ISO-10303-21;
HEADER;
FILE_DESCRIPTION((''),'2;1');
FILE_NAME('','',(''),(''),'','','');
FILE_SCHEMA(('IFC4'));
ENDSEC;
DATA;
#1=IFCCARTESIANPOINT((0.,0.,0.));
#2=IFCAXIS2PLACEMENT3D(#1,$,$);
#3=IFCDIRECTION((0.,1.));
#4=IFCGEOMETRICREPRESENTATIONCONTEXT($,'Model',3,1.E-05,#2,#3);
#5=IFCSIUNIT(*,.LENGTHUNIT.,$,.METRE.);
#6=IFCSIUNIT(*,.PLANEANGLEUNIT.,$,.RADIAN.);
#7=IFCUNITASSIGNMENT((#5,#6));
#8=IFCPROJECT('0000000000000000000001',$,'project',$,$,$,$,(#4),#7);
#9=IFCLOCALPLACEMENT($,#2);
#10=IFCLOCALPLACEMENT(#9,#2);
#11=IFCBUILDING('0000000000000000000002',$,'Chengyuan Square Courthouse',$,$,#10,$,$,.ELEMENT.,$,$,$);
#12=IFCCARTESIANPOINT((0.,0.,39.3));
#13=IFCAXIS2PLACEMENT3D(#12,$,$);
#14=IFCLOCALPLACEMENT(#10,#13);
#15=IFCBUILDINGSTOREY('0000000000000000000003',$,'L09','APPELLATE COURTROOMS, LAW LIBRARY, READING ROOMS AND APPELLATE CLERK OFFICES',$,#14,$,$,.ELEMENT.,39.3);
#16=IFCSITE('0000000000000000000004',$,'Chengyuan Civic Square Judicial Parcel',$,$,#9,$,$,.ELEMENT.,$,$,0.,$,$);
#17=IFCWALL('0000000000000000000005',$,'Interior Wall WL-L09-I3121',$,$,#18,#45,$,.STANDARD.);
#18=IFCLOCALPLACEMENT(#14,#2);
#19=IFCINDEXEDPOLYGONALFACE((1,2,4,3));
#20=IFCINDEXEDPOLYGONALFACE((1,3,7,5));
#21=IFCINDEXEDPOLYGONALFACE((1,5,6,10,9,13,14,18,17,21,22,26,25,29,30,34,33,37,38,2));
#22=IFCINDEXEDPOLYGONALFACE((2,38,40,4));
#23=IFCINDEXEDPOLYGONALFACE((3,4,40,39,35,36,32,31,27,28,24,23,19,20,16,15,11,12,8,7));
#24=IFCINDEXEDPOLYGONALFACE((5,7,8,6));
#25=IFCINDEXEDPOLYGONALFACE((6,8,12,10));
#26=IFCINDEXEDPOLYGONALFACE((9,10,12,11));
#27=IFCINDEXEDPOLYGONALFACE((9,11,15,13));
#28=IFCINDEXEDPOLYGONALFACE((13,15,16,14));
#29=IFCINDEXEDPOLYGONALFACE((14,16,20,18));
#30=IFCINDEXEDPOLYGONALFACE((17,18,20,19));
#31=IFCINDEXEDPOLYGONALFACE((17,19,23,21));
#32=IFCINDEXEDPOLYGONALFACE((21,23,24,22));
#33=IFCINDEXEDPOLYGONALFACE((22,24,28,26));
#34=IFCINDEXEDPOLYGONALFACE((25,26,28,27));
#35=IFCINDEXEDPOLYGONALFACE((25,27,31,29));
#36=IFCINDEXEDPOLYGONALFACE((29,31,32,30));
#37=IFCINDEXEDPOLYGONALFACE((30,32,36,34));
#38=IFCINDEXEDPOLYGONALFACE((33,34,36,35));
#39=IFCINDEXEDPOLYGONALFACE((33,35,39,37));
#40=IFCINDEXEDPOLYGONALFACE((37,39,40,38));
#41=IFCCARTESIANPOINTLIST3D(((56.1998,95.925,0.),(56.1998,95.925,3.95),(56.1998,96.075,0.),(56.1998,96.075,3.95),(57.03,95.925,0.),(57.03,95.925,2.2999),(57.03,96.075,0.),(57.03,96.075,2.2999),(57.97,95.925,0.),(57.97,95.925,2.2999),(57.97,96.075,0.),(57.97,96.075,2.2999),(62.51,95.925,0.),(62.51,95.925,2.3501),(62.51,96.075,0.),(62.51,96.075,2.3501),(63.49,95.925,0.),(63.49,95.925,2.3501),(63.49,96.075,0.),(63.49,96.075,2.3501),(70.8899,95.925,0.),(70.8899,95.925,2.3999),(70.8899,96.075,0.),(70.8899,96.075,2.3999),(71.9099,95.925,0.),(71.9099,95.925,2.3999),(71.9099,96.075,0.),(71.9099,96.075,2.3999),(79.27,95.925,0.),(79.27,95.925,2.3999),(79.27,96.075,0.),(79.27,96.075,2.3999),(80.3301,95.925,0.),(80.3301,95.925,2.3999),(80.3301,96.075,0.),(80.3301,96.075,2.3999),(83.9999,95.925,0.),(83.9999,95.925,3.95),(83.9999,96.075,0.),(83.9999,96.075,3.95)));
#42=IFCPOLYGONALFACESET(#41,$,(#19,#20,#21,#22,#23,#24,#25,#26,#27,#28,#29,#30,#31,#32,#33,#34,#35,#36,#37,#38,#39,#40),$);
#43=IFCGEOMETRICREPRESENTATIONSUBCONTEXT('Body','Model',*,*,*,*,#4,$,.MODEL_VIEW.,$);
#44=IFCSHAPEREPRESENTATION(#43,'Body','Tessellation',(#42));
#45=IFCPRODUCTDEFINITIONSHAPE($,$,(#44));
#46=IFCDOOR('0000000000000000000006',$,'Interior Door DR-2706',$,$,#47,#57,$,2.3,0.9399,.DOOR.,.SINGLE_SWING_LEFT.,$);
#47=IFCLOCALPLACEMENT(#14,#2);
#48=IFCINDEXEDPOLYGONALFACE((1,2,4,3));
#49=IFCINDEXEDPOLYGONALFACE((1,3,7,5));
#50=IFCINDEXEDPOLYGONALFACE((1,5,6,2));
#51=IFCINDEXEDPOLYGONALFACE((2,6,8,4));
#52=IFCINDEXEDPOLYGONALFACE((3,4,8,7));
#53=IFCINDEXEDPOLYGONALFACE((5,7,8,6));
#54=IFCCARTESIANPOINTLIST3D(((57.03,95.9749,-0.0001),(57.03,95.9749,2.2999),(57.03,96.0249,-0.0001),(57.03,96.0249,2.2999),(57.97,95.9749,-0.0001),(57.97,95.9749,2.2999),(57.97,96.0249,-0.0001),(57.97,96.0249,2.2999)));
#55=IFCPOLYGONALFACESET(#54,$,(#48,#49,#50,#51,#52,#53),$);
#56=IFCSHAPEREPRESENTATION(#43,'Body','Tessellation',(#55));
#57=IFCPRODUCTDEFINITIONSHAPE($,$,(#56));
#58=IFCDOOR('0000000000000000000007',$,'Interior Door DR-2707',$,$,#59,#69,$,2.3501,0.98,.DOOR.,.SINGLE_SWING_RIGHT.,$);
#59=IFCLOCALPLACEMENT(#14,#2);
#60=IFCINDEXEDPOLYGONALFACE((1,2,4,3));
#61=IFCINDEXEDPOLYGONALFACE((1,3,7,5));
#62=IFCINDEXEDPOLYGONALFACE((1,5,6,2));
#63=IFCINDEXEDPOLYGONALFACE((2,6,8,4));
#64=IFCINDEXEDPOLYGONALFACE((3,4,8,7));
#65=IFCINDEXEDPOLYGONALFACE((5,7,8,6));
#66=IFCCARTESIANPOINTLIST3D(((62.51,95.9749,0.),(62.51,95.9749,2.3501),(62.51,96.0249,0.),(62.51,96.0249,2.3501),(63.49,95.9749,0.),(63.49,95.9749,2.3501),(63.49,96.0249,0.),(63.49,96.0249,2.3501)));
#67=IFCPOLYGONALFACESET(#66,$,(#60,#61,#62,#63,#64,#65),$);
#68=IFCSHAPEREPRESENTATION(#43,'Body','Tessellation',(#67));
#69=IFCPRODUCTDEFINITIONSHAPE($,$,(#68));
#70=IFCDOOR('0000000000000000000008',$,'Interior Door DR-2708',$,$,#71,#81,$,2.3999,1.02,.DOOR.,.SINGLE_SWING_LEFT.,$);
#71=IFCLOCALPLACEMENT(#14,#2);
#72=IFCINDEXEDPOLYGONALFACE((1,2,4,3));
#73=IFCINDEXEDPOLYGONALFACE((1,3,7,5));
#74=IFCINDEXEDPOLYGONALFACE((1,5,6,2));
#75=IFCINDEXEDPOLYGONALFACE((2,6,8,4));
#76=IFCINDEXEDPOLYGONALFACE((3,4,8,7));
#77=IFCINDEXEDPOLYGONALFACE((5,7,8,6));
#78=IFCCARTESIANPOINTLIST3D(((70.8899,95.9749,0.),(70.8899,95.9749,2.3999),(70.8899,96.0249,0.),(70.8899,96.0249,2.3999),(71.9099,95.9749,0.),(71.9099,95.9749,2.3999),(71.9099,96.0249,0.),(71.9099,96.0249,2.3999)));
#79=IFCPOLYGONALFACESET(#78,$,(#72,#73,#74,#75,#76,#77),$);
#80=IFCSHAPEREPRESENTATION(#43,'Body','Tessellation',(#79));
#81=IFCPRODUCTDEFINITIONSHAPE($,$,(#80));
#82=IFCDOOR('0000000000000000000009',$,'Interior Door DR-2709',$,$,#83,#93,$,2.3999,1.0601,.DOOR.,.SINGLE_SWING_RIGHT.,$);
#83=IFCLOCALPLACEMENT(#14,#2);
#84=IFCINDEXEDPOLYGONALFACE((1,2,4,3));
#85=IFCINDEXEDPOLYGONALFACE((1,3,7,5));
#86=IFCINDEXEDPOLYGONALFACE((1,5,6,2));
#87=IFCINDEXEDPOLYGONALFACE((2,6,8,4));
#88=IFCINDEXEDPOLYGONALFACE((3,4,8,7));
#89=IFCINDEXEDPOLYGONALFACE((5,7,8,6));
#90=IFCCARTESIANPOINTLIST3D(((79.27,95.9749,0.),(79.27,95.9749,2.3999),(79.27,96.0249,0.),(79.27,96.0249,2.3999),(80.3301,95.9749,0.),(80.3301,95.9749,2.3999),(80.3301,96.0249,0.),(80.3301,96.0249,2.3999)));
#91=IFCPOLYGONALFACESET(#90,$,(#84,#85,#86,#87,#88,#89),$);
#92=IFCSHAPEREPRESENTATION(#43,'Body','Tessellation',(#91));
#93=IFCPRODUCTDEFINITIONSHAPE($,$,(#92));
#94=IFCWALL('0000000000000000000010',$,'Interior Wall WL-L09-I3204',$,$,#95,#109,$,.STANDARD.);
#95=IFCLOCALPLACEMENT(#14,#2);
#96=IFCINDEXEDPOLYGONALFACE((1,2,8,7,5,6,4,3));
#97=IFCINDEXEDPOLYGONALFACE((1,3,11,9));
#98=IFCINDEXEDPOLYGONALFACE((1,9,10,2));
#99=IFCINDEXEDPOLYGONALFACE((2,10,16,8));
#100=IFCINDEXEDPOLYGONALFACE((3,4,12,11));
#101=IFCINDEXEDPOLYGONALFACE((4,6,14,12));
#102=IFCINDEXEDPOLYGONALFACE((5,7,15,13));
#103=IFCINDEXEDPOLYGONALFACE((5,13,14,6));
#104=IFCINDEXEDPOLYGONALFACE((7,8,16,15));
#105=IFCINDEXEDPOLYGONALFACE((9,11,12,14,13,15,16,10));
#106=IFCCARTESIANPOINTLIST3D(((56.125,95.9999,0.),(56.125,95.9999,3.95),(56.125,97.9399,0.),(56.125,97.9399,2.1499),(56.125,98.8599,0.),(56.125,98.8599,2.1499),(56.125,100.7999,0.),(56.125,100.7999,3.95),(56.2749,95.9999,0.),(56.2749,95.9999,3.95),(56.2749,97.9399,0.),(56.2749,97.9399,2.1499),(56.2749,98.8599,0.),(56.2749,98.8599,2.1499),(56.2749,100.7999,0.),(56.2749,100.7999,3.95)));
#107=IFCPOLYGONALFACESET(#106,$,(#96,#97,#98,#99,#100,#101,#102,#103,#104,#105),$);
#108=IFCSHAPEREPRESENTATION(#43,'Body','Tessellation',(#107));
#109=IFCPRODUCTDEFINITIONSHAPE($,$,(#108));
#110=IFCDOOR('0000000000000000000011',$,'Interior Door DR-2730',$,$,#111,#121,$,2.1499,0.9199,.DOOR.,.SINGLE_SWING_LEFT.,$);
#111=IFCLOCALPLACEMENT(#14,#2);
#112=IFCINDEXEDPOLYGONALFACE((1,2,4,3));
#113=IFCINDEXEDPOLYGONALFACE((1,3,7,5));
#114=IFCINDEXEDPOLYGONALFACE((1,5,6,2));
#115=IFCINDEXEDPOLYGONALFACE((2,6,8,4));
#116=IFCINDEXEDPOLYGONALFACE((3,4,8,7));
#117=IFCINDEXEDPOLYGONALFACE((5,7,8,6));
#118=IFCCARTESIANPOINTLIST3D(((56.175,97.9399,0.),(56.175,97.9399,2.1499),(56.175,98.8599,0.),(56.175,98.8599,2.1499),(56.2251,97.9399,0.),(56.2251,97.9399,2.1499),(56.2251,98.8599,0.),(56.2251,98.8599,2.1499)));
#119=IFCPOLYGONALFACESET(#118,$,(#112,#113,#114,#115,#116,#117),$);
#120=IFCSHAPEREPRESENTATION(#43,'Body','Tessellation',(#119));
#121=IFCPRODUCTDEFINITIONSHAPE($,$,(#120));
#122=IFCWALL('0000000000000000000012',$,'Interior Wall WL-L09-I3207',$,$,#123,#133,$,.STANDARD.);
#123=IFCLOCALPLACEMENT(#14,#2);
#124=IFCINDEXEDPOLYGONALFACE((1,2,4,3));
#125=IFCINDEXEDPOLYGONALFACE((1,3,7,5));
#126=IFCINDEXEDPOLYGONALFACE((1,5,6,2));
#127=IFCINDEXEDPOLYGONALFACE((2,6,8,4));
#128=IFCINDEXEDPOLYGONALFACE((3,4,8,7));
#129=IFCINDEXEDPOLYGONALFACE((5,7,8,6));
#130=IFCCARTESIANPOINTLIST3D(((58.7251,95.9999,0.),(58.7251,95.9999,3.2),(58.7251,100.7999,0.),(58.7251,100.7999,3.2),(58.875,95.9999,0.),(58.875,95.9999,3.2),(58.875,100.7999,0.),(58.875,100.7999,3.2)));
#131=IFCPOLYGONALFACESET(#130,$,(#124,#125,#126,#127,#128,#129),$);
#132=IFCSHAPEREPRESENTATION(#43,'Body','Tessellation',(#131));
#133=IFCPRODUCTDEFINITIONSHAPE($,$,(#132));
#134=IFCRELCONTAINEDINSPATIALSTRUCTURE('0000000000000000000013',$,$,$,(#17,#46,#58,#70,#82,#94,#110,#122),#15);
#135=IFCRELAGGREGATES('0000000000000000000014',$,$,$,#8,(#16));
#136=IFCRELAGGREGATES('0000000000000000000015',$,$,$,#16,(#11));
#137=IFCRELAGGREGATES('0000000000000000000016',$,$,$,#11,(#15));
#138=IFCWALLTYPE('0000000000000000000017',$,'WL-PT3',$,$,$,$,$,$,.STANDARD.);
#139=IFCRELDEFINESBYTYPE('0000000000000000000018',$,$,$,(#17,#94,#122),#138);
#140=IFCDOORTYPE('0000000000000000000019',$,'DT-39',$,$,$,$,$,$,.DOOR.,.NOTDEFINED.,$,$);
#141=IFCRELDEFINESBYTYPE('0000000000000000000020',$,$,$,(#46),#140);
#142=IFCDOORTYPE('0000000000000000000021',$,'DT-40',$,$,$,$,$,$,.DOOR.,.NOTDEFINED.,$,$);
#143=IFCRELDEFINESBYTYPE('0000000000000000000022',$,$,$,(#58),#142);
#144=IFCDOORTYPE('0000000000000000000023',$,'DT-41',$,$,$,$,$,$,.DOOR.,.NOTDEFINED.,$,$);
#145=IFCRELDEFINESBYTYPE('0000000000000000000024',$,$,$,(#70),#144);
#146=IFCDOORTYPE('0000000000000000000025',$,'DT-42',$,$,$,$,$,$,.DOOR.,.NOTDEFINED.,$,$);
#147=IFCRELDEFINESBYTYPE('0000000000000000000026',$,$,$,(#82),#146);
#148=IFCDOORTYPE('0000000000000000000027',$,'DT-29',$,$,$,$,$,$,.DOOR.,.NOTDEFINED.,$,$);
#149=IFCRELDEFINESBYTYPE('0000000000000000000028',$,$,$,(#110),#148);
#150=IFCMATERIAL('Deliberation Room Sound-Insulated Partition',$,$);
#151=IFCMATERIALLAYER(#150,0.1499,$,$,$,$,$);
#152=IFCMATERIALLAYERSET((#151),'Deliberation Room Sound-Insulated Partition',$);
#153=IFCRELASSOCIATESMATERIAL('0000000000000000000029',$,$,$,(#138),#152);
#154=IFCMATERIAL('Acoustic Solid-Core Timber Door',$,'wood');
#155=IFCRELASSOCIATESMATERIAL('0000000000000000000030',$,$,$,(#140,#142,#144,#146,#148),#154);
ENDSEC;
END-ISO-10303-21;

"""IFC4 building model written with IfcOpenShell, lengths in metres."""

from ifc_helpers import new_model, si_unit, direction, frame, frame_2d, origin, place, context, subcontext, project, spatial, rectangle, extrude, material, layer, layer_set, type_object, element, fill, save


model = new_model("IFC4")

# Units and contexts
model_context = context("Model", 3, precision=1e-05, world=origin(), true_north=direction((0.0, 1.0)))
body_context = subcontext(model_context, "Body", "Model", "MODEL_VIEW")
ifc_project = project(units=[si_unit("LENGTHUNIT", "METRE"), si_unit("PLANEANGLEUNIT", "RADIAN")], contexts=[model_context])

# Site, building, storey
site_placement = place(None, origin())
site = spatial("IfcSite", under=ifc_project, at=site_placement, Name="Chengyuan Civic Square Judicial Parcel", CompositionType="ELEMENT", RefElevation=0.0)
building_placement = place(site_placement, origin())
building = spatial("IfcBuilding", under=site, at=building_placement, Name="Chengyuan Square Courthouse", CompositionType="ELEMENT")
storey_placement = place(building_placement, frame((0.0, 0.0, 39.3)))
storey = spatial("IfcBuildingStorey", under=building, at=storey_placement, Name="L09", Description="APPELLATE COURTROOMS, LAW LIBRARY, READING ROOMS AND APPELLATE CLERK OFFICES", CompositionType="ELEMENT", Elevation=39.3)

# Wall, openings, doors
ifc_material_1 = material(Name="Deliberation Room Sound-Insulated Partition")
ifc_layer_1 = layer(ifc_material_1, 0.1499)
ifc_layer_set_1 = layer_set([ifc_layer_1], Name="Deliberation Room Sound-Insulated Partition")
wall_type_1 = type_object("IfcWallType", Name="WL-PT3", PredefinedType="STANDARD", material=ifc_layer_set_1)
wall_1_placement = place(storey_placement, frame((56.2, 96.0, 0.0), z_axis=(0.0, 0.0, 1.0), x_axis=(1.0, 0.0, 0.0)))
wall_1 = element("IfcWall", 1, at=wall_1_placement, inside=storey, type_object=wall_type_1, Name="Interior Wall WL-L09-I3121", PredefinedType="STANDARD", context=body_context, shape_type="SweptSolid", body=[
    extrude(rectangle(XDim=27.8, YDim=0.1499, at=frame_2d((13.8999, 0.0))), origin(), (0.0, 0.0, 1.0), 3.95),
])
opening_1_placement = place(wall_1_placement, frame((0.8301, 0.0, 0.0)))
opening_1 = element("IfcOpeningElement", 2, at=opening_1_placement, cuts=wall_1, PredefinedType="OPENING", context=body_context, shape_type="SweptSolid", body=[
    extrude(rectangle(XDim=0.9399, YDim=2.3, at=frame_2d((0.47, 1.1499))), frame((0.0, 0.0869, 0.0), z_axis=(0.0, -1.0, 0.0), x_axis=(1.0, 0.0, 0.0)), (0.0, 0.0, 1.0), 0.1738),
])
opening_2_placement = place(wall_1_placement, frame((6.3101, 0.0, 0.0)))
opening_2 = element("IfcOpeningElement", 3, at=opening_2_placement, cuts=wall_1, PredefinedType="OPENING", context=body_context, shape_type="SweptSolid", body=[
    extrude(rectangle(XDim=0.98, YDim=2.3501, at=frame_2d((0.49, 1.175))), frame((0.0, 0.0869, 0.0), z_axis=(0.0, -1.0, 0.0), x_axis=(1.0, 0.0, 0.0)), (0.0, 0.0, 1.0), 0.1738),
])
opening_3_placement = place(wall_1_placement, frame((14.6899, 0.0, 0.0)))
opening_3 = element("IfcOpeningElement", 4, at=opening_3_placement, cuts=wall_1, PredefinedType="OPENING", context=body_context, shape_type="SweptSolid", body=[
    extrude(rectangle(XDim=1.02, YDim=2.3999, at=frame_2d((0.51, 1.2))), frame((0.0, 0.0869, 0.0), z_axis=(0.0, -1.0, 0.0), x_axis=(1.0, 0.0, 0.0)), (0.0, 0.0, 1.0), 0.1738),
])
opening_4_placement = place(wall_1_placement, frame((23.0701, 0.0, 0.0)))
opening_4 = element("IfcOpeningElement", 5, at=opening_4_placement, cuts=wall_1, PredefinedType="OPENING", context=body_context, shape_type="SweptSolid", body=[
    extrude(rectangle(XDim=1.0601, YDim=2.3999, at=frame_2d((0.53, 1.2))), frame((0.0, 0.0869, 0.0), z_axis=(0.0, -1.0, 0.0), x_axis=(1.0, 0.0, 0.0)), (0.0, 0.0, 1.0), 0.1738),
])
ifc_material_2 = material(Name="Acoustic Solid-Core Timber Door", Category="wood")
door_type_1 = type_object("IfcDoorType", Name="DT-39", OperationType="NOTDEFINED", PredefinedType="DOOR", material=ifc_material_2)
door_1_placement = place(opening_1_placement, origin())
door_1 = element("IfcDoor", 6, at=door_1_placement, inside=storey, type_object=door_type_1, Name="Interior Door DR-2706", OperationType="SINGLE_SWING_LEFT", OverallHeight=2.3, OverallWidth=0.9399, PredefinedType="DOOR", context=body_context, shape_type="SweptSolid", body=[
    extrude(rectangle(XDim=0.9399, YDim=2.3, at=frame_2d((0.47, 1.1499))), frame((0.0, 0.0249, 0.0), z_axis=(0.0, -1.0, 0.0), x_axis=(1.0, 0.0, 0.0)), (0.0, 0.0, 1.0), 0.05),
])
fill(opening_1, door_1)
door_type_2 = type_object("IfcDoorType", Name="DT-40", OperationType="NOTDEFINED", PredefinedType="DOOR", material=ifc_material_2)
door_2_placement = place(opening_2_placement, origin())
door_2 = element("IfcDoor", 7, at=door_2_placement, inside=storey, type_object=door_type_2, Name="Interior Door DR-2707", OperationType="SINGLE_SWING_RIGHT", OverallHeight=2.3501, OverallWidth=0.98, PredefinedType="DOOR", context=body_context, shape_type="SweptSolid", body=[
    extrude(rectangle(XDim=0.98, YDim=2.3501, at=frame_2d((0.49, 1.175))), frame((0.0, 0.0249, 0.0), z_axis=(0.0, -1.0, 0.0), x_axis=(1.0, 0.0, 0.0)), (0.0, 0.0, 1.0), 0.05),
])
fill(opening_2, door_2)
door_type_3 = type_object("IfcDoorType", Name="DT-41", OperationType="NOTDEFINED", PredefinedType="DOOR", material=ifc_material_2)
door_3_placement = place(opening_3_placement, origin())
door_3 = element("IfcDoor", 8, at=door_3_placement, inside=storey, type_object=door_type_3, Name="Interior Door DR-2708", OperationType="SINGLE_SWING_LEFT", OverallHeight=2.3999, OverallWidth=1.02, PredefinedType="DOOR", context=body_context, shape_type="SweptSolid", body=[
    extrude(rectangle(XDim=1.02, YDim=2.3999, at=frame_2d((0.51, 1.2))), frame((0.0, 0.0249, 0.0), z_axis=(0.0, -1.0, 0.0), x_axis=(1.0, 0.0, 0.0)), (0.0, 0.0, 1.0), 0.05),
])
fill(opening_3, door_3)
door_type_4 = type_object("IfcDoorType", Name="DT-42", OperationType="NOTDEFINED", PredefinedType="DOOR", material=ifc_material_2)
door_4_placement = place(opening_4_placement, origin())
door_4 = element("IfcDoor", 9, at=door_4_placement, inside=storey, type_object=door_type_4, Name="Interior Door DR-2709", OperationType="SINGLE_SWING_RIGHT", OverallHeight=2.3999, OverallWidth=1.0601, PredefinedType="DOOR", context=body_context, shape_type="SweptSolid", body=[
    extrude(rectangle(XDim=1.0601, YDim=2.3999, at=frame_2d((0.53, 1.2))), frame((0.0, 0.0249, 0.0), z_axis=(0.0, -1.0, 0.0), x_axis=(1.0, 0.0, 0.0)), (0.0, 0.0, 1.0), 0.05),
])
fill(opening_4, door_4)

# Wall, opening, door
wall_2_placement = place(storey_placement, frame((56.2, 96.0, 0.0), z_axis=(0.0, 0.0, 1.0), x_axis=(0.0, 1.0, 0.0)))
wall_2 = element("IfcWall", 10, at=wall_2_placement, inside=storey, type_object=wall_type_1, Name="Interior Wall WL-L09-I3204", PredefinedType="STANDARD", context=body_context, shape_type="SweptSolid", body=[
    extrude(rectangle(XDim=4.8, YDim=0.1499, at=frame_2d((2.3999, 0.0))), origin(), (0.0, 0.0, 1.0), 3.95),
])
opening_5_placement = place(wall_2_placement, frame((1.9399, 0.0, 0.0)))
opening_5 = element("IfcOpeningElement", 11, at=opening_5_placement, cuts=wall_2, PredefinedType="OPENING", context=body_context, shape_type="SweptSolid", body=[
    extrude(rectangle(XDim=0.9199, YDim=2.1499, at=frame_2d((0.46, 1.075))), frame((0.0, 0.0869, 0.0), z_axis=(0.0, -1.0, 0.0), x_axis=(1.0, 0.0, 0.0)), (0.0, 0.0, 1.0), 0.1738),
])
door_type_5 = type_object("IfcDoorType", Name="DT-29", OperationType="NOTDEFINED", PredefinedType="DOOR", material=ifc_material_2)
door_5_placement = place(opening_5_placement, origin())
door_5 = element("IfcDoor", 12, at=door_5_placement, inside=storey, type_object=door_type_5, Name="Interior Door DR-2730", OperationType="SINGLE_SWING_LEFT", OverallHeight=2.1499, OverallWidth=0.9199, PredefinedType="DOOR", context=body_context, shape_type="SweptSolid", body=[
    extrude(rectangle(XDim=0.9199, YDim=2.1499, at=frame_2d((0.46, 1.075))), frame((0.0, 0.0249, 0.0), z_axis=(0.0, -1.0, 0.0), x_axis=(1.0, 0.0, 0.0)), (0.0, 0.0, 1.0), 0.05),
])
fill(opening_5, door_5)

# Wall
wall_3_placement = place(storey_placement, frame((58.8, 96.0, 0.0), z_axis=(0.0, 0.0, 1.0), x_axis=(0.0, 1.0, 0.0)))
element("IfcWall", 13, at=wall_3_placement, inside=storey, type_object=wall_type_1, Name="Interior Wall WL-L09-I3207", PredefinedType="STANDARD", context=body_context, shape_type="SweptSolid", body=[
    extrude(rectangle(XDim=4.8, YDim=0.1499, at=frame_2d((2.3999, 0.0))), origin(), (0.0, 0.0, 1.0), 3.2),
])

save(model, "model.ifc")
